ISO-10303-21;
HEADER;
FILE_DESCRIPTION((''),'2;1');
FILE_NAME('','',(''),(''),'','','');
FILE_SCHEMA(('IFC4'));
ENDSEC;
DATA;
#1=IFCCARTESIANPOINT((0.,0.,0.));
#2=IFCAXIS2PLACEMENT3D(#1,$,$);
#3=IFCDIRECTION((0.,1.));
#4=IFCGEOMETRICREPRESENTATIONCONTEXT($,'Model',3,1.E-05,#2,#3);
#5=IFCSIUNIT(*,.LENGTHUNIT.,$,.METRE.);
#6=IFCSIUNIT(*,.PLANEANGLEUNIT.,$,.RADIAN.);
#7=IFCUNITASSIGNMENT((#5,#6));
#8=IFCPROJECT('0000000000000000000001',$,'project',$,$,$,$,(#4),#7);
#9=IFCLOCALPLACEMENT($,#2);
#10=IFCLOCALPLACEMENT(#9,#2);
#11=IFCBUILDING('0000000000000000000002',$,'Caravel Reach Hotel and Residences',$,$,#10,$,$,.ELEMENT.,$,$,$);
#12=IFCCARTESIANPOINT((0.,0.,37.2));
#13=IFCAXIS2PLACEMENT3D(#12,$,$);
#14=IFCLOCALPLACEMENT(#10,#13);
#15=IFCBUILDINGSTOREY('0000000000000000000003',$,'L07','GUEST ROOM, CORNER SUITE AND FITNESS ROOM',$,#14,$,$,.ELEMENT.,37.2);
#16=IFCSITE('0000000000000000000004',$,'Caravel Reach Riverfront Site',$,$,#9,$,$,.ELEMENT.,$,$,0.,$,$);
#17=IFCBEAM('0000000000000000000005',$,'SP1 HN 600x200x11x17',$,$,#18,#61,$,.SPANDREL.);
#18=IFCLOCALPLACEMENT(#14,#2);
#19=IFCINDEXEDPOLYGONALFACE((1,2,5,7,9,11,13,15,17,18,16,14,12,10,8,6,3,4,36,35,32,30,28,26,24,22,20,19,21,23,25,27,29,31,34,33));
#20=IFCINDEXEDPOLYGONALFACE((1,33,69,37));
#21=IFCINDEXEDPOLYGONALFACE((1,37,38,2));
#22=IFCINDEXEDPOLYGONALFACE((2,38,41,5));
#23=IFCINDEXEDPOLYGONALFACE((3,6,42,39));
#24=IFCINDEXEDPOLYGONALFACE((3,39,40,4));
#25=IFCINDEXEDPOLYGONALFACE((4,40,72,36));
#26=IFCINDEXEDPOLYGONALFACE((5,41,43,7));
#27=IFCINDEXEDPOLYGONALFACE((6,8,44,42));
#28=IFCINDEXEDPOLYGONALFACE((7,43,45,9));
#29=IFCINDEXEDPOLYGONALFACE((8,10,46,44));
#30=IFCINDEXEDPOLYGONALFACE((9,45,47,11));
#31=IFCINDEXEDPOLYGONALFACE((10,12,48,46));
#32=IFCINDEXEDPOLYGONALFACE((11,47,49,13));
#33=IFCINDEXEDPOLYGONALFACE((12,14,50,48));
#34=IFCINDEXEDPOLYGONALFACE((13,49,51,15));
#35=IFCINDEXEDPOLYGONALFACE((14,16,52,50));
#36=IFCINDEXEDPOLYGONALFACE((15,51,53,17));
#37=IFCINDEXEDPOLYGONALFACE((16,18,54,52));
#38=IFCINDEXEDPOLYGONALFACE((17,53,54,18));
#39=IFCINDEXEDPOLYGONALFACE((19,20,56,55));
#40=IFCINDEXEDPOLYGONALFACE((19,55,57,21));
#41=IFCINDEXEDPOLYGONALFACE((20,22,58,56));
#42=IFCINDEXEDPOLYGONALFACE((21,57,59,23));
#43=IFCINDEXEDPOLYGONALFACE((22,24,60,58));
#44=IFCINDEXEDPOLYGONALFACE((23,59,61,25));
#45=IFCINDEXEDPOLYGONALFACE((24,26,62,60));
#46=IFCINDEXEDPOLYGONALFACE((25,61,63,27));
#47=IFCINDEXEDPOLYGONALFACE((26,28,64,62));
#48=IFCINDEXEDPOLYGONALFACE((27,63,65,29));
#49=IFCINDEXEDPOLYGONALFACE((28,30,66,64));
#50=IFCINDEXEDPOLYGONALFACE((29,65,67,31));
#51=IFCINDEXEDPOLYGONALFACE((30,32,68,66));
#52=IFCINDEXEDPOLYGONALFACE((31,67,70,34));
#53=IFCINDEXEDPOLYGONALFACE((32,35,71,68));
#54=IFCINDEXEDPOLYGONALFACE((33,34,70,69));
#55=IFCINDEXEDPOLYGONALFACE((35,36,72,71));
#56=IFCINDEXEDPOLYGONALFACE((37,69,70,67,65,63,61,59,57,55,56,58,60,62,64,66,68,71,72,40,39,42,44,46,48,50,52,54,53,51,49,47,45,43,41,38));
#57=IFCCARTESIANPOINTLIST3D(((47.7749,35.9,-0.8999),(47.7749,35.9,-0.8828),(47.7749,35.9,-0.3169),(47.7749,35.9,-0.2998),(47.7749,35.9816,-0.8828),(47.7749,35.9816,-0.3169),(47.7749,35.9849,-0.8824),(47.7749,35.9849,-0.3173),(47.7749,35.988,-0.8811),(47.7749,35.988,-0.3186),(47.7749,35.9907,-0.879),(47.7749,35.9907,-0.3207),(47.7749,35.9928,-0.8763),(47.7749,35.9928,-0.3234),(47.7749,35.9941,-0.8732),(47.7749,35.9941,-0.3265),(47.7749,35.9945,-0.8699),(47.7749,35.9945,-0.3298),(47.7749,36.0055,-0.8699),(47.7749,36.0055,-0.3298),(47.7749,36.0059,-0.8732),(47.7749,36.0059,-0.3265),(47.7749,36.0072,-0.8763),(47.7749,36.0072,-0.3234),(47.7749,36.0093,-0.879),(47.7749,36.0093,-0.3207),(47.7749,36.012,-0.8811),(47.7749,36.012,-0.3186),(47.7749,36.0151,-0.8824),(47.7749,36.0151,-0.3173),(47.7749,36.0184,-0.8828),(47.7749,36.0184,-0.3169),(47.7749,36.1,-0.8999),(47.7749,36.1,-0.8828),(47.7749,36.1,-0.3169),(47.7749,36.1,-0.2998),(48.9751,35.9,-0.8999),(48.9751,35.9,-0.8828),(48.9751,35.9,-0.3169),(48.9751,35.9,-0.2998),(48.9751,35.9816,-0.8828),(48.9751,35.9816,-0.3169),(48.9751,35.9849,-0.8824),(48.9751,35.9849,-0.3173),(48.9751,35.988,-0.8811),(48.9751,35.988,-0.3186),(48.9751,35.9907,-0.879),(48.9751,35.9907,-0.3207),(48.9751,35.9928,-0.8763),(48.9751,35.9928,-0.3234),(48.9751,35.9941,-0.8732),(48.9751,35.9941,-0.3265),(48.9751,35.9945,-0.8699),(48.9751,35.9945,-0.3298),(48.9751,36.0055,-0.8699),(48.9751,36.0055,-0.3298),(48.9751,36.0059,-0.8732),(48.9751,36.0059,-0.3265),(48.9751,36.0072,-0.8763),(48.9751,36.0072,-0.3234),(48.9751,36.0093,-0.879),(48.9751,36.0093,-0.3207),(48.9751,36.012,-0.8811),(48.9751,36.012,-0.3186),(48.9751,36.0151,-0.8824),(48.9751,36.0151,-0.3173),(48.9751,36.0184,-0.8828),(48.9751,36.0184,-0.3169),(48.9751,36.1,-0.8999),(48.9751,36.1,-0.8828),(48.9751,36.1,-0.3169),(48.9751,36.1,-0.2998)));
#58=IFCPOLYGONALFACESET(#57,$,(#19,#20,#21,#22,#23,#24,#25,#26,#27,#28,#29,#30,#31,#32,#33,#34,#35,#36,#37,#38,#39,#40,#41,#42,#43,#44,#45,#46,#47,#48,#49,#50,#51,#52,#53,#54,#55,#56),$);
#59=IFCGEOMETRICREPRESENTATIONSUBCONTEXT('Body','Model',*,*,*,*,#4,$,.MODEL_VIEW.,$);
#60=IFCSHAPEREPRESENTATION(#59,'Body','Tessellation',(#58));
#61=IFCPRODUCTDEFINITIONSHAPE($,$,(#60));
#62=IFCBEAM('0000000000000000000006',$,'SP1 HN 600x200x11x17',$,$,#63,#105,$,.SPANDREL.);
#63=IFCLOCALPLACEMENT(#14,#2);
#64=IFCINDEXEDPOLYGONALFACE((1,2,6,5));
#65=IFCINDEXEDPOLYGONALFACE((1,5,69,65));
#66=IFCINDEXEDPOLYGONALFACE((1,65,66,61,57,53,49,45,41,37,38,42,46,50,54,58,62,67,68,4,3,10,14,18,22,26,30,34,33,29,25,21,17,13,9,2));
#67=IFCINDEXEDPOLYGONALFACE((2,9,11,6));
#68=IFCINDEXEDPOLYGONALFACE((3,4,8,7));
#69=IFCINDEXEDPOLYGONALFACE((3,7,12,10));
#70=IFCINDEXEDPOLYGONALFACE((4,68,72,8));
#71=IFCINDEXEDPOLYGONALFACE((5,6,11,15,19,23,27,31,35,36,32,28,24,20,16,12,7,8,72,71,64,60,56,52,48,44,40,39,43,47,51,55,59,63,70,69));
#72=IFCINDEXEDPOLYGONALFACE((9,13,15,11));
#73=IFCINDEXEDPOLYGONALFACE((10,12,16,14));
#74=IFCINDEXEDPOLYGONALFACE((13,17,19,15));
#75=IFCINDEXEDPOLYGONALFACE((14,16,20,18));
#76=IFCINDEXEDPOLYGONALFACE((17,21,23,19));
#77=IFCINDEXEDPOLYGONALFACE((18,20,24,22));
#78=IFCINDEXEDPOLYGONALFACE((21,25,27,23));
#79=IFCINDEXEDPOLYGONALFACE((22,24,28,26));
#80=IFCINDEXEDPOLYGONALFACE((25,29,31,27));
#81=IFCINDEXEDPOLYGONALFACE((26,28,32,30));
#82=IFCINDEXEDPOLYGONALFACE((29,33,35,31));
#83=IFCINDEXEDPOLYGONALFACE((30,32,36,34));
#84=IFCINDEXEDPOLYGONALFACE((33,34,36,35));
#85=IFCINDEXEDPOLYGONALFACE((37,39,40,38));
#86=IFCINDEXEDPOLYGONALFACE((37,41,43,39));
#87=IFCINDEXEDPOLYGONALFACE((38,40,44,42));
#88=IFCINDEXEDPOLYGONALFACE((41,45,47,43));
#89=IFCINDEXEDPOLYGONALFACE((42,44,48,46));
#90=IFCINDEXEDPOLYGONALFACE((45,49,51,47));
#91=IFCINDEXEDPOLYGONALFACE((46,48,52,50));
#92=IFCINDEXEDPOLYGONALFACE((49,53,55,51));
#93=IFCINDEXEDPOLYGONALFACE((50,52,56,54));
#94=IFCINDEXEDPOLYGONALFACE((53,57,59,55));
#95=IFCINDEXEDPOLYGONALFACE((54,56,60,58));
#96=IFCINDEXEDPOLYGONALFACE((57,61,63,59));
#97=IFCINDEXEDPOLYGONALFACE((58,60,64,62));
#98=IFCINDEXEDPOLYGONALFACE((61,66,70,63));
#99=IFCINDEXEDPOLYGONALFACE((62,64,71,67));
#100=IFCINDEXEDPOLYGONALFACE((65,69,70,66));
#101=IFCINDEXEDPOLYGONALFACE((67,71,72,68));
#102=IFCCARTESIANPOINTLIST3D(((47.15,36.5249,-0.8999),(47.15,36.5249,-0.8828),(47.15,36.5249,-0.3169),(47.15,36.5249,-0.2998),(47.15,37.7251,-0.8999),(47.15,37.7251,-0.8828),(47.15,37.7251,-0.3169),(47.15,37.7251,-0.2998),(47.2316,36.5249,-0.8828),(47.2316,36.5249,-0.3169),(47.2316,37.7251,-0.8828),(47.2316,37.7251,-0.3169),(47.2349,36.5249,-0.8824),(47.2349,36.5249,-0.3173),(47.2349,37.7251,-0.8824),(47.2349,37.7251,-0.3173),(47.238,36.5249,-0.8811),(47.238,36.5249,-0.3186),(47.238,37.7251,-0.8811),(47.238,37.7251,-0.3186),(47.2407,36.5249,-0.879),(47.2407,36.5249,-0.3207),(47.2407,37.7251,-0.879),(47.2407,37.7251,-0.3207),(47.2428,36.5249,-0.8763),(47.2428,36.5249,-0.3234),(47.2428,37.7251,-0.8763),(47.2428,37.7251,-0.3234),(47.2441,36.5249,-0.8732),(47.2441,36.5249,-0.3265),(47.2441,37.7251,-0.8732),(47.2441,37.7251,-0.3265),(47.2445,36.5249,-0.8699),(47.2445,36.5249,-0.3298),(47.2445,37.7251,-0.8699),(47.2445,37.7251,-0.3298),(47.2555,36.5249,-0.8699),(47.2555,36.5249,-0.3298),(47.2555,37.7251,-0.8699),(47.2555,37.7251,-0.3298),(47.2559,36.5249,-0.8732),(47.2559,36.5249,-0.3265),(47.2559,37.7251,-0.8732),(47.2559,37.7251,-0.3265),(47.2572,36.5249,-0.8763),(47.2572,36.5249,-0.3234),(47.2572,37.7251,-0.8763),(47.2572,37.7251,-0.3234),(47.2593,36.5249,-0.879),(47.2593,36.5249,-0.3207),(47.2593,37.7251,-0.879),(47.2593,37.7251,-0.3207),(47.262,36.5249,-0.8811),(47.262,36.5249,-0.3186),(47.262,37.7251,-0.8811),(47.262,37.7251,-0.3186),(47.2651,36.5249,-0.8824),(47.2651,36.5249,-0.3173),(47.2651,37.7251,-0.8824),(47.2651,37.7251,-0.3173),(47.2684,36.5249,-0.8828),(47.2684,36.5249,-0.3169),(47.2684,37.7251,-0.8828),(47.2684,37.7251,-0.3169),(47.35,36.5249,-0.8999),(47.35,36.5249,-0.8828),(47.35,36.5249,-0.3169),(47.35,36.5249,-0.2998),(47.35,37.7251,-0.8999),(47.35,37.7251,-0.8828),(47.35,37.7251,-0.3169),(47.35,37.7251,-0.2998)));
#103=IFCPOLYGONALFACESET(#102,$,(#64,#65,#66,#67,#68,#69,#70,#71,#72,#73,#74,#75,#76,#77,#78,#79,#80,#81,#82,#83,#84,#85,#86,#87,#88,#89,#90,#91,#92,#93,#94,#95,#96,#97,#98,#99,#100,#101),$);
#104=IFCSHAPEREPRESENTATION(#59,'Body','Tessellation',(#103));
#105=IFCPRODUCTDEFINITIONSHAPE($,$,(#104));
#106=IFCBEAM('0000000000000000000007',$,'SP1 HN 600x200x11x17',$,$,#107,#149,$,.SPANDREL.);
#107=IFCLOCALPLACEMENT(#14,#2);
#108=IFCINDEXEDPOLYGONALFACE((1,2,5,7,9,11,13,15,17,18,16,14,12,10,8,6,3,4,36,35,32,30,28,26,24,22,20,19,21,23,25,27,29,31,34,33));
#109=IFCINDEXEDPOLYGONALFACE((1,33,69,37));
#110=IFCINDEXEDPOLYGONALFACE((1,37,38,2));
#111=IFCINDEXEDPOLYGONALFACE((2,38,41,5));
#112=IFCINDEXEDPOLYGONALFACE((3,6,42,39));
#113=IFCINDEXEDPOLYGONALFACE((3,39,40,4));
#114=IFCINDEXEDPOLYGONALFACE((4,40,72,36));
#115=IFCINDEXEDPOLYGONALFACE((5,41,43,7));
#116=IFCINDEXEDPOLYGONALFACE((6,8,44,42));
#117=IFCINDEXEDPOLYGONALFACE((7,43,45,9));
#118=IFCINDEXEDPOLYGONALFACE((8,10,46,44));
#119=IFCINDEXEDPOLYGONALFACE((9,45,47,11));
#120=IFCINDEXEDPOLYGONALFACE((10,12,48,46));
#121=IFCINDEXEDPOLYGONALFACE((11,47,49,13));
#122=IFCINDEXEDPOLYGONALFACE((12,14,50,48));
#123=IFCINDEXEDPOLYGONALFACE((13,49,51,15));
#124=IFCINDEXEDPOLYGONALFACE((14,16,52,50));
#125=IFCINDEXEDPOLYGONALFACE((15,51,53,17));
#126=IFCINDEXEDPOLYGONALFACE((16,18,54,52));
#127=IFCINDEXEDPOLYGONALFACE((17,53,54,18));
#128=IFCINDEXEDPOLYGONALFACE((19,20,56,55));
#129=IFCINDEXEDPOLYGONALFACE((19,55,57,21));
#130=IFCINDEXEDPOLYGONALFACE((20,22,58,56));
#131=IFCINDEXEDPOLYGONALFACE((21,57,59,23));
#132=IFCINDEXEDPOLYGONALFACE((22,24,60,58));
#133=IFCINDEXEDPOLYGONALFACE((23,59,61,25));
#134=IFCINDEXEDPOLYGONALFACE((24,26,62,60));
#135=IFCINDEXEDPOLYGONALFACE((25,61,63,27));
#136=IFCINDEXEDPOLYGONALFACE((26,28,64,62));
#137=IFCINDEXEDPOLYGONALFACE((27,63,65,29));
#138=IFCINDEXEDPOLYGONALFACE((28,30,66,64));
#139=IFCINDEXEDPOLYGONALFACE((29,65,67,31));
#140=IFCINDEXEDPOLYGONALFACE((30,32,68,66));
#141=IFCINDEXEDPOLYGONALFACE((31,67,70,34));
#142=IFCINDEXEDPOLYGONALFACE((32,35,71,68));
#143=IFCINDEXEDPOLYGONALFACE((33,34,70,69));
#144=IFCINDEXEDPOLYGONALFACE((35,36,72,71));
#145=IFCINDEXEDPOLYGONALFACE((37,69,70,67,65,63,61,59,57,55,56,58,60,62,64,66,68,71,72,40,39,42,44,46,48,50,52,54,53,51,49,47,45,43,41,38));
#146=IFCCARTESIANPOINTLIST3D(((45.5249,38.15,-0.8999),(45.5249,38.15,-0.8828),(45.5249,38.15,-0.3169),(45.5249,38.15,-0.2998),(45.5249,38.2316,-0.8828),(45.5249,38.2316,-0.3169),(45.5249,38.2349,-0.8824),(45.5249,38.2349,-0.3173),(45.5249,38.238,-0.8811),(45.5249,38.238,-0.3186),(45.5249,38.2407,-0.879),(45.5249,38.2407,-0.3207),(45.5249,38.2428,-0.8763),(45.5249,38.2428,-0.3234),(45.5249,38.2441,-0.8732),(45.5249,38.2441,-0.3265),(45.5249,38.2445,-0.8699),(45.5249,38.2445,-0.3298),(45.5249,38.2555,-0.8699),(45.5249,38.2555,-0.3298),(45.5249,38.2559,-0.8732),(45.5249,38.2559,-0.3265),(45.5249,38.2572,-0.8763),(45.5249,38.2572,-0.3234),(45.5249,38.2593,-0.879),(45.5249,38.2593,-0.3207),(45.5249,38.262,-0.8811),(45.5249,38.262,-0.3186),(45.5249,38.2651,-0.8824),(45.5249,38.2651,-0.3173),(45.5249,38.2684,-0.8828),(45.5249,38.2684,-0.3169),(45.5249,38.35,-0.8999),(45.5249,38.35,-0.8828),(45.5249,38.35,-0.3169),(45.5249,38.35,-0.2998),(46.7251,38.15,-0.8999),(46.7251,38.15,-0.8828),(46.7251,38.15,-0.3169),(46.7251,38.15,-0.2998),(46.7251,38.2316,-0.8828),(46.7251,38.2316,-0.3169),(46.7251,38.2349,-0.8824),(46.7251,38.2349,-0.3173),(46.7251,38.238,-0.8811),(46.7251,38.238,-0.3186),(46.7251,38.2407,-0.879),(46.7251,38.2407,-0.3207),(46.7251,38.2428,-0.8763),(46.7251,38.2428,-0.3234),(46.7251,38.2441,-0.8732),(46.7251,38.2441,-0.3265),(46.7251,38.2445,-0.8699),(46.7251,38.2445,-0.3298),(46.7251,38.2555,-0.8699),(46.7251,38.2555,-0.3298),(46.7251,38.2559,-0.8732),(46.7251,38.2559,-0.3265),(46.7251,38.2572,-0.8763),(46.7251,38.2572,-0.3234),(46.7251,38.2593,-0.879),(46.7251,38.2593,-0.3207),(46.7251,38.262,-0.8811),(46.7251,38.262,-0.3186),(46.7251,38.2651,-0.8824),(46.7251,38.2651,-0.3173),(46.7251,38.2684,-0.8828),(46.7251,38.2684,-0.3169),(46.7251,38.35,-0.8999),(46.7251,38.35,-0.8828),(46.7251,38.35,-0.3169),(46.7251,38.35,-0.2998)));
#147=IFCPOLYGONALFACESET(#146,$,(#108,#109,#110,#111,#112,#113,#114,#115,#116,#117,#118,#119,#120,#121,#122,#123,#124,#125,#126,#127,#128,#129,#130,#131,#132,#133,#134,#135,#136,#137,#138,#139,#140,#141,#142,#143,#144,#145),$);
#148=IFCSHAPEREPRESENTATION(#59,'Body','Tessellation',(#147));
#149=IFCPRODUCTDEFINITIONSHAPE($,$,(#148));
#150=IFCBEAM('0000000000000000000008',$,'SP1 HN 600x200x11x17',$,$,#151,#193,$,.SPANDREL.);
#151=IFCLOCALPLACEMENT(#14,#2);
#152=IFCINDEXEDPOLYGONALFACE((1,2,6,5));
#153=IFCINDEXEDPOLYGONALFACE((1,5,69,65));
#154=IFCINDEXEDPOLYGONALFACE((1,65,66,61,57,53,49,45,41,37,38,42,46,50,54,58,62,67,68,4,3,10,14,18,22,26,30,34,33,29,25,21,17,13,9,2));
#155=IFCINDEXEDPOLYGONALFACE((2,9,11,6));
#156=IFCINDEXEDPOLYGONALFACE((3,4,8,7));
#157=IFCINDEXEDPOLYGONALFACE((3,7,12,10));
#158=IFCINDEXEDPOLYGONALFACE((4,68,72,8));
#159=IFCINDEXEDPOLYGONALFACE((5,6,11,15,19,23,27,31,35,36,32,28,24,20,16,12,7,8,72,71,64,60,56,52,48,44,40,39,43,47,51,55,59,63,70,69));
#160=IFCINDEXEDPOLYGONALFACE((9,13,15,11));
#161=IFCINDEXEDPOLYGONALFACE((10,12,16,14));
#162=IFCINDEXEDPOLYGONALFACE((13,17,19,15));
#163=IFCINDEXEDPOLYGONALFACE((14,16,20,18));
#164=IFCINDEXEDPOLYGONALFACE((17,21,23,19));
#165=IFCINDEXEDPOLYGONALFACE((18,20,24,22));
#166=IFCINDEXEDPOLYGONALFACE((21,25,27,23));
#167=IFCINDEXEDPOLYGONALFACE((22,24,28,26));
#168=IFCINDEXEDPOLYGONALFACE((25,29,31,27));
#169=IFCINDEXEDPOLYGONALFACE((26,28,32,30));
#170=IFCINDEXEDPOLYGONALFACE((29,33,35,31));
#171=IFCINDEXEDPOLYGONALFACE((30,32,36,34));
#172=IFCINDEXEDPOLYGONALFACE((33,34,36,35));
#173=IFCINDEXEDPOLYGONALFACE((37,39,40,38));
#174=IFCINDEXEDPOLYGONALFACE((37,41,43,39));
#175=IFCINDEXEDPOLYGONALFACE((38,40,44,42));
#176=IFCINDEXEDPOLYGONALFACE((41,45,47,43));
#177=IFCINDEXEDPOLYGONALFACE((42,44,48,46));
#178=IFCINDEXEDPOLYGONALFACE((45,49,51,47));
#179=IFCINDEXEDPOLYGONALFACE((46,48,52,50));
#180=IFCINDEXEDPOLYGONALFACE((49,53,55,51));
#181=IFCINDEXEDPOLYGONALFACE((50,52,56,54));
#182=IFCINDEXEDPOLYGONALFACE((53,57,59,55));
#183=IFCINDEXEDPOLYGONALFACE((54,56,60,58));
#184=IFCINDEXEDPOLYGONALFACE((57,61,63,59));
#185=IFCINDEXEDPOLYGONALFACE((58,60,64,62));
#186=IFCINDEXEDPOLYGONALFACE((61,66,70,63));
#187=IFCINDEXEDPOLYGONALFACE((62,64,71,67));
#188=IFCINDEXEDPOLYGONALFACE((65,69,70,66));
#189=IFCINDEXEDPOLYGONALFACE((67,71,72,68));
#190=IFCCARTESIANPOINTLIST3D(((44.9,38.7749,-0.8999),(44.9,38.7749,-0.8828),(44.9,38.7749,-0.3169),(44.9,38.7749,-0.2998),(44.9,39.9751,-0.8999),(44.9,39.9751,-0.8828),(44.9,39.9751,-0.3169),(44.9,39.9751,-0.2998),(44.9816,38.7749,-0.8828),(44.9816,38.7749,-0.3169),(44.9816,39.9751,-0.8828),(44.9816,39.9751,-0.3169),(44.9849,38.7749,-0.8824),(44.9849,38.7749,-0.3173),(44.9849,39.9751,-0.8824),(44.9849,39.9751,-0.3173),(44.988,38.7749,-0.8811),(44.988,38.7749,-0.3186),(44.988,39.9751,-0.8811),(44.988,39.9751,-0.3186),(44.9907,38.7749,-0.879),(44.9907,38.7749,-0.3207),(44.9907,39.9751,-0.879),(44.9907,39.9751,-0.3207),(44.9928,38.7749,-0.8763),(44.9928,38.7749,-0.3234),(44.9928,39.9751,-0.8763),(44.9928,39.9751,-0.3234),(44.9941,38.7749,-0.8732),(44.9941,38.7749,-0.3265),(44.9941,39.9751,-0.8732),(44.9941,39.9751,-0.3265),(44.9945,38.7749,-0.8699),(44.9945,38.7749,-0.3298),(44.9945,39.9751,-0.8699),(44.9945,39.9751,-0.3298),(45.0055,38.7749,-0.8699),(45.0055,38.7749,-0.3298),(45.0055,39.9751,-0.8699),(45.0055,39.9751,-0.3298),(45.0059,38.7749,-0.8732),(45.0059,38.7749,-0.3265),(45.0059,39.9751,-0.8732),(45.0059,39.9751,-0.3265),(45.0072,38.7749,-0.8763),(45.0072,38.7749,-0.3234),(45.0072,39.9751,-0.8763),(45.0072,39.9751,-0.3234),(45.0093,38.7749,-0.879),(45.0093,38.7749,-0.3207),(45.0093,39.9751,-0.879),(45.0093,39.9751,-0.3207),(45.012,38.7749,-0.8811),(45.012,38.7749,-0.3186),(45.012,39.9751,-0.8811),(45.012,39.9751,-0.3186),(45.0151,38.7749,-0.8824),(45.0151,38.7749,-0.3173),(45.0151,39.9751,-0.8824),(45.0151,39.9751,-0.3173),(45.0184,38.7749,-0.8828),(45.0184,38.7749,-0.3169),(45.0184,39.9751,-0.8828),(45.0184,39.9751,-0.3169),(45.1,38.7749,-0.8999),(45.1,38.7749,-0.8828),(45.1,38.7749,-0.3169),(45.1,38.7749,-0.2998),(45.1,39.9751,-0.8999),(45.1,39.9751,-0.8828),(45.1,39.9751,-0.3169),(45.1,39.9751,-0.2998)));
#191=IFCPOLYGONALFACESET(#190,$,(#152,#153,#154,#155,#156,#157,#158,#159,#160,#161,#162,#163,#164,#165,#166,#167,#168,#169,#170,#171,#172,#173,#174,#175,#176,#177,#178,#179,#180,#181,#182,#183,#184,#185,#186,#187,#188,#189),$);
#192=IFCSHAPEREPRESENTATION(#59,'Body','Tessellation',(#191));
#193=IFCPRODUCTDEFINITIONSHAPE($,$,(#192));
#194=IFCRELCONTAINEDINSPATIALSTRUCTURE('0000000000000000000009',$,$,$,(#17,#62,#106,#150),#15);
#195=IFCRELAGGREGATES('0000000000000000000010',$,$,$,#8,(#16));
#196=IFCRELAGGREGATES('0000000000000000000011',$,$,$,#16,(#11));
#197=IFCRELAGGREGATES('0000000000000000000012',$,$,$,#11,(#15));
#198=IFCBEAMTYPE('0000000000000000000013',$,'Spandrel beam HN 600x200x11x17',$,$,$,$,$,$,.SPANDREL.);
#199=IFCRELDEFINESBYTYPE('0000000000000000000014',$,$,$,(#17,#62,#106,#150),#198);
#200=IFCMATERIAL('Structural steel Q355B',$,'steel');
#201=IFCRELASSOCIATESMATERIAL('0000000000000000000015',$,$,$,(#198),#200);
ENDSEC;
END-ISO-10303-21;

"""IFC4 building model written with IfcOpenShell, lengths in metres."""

from ifc_helpers import new_model, si_unit, direction, frame, origin, origin_2d, place, context, subcontext, project, spatial, i_section, extrude, material, material_profile, profile_set, type_object, element, save


model = new_model("IFC4")

# Units and contexts
model_context = context("Model", 3, precision=1e-05, world=origin(), true_north=direction((0.0, 1.0)))
body_context = subcontext(model_context, "Body", "Model", "MODEL_VIEW")
ifc_project = project(units=[si_unit("LENGTHUNIT", "METRE"), si_unit("PLANEANGLEUNIT", "RADIAN")], contexts=[model_context])

# Site, building, storey
site_placement = place(None, origin())
site = spatial("IfcSite", under=ifc_project, at=site_placement, Name="Caravel Reach Riverfront Site", CompositionType="ELEMENT", RefElevation=0.0)
building_placement = place(site_placement, origin())
building = spatial("IfcBuilding", under=site, at=building_placement, Name="Caravel Reach Hotel and Residences", CompositionType="ELEMENT")
storey_placement = place(building_placement, frame((0.0, 0.0, 37.2)))
storey = spatial("IfcBuildingStorey", under=building, at=storey_placement, Name="L07", Description="GUEST ROOM, CORNER SUITE AND FITNESS ROOM", CompositionType="ELEMENT", Elevation=37.2)

# Beams
ifc_material_1 = material(Name="Structural steel Q355B", Category="steel")
ifc_material_profile_1 = material_profile(ifc_material_1, i_section(OverallWidth=0.2, OverallDepth=0.6001, WebThickness=0.011, FlangeThickness=0.0171, FilletRadius=0.0129, at=origin_2d()), Name="HN 600x200x11x17")
ifc_profile_set_1 = profile_set([ifc_material_profile_1], Name="Structural steel Q355B")
beam_type_1 = type_object("IfcBeamType", Name="Spandrel beam HN 600x200x11x17", PredefinedType="SPANDREL", material=ifc_profile_set_1)
for number, where, z_axis, x_axis, name in (
    (1, (48.9751, 36.0, -0.5999), (-1.0, 0.0, 0.0), (0.0, -1.0, 0.0), "SP1 HN 600x200x11x17"),
    (2, (47.25, 36.5249, -0.5999), (0.0, 1.0, 0.0), (-1.0, 0.0, 0.0), "SP1 HN 600x200x11x17"),
    (3, (46.7251, 38.25, -0.5999), (-1.0, 0.0, 0.0), (0.0, -1.0, 0.0), "SP1 HN 600x200x11x17"),
    (4, (45.0, 38.7749, -0.5999), (0.0, 1.0, 0.0), (-1.0, 0.0, 0.0), "SP1 HN 600x200x11x17"),
):
    element("IfcBeam", number, at=place(storey_placement, frame(where, z_axis=z_axis, x_axis=x_axis)), inside=storey, type_object=beam_type_1, Name=name, PredefinedType="SPANDREL", context=body_context, shape_type="SweptSolid", body=[
        extrude(i_section(OverallWidth=0.2, OverallDepth=0.6001, WebThickness=0.011, FlangeThickness=0.0171, FilletRadius=0.0129, at=origin_2d()), origin(), (0.0, 0.0, 1.0), 1.2002),
    ])

save(model, "model.ifc")
